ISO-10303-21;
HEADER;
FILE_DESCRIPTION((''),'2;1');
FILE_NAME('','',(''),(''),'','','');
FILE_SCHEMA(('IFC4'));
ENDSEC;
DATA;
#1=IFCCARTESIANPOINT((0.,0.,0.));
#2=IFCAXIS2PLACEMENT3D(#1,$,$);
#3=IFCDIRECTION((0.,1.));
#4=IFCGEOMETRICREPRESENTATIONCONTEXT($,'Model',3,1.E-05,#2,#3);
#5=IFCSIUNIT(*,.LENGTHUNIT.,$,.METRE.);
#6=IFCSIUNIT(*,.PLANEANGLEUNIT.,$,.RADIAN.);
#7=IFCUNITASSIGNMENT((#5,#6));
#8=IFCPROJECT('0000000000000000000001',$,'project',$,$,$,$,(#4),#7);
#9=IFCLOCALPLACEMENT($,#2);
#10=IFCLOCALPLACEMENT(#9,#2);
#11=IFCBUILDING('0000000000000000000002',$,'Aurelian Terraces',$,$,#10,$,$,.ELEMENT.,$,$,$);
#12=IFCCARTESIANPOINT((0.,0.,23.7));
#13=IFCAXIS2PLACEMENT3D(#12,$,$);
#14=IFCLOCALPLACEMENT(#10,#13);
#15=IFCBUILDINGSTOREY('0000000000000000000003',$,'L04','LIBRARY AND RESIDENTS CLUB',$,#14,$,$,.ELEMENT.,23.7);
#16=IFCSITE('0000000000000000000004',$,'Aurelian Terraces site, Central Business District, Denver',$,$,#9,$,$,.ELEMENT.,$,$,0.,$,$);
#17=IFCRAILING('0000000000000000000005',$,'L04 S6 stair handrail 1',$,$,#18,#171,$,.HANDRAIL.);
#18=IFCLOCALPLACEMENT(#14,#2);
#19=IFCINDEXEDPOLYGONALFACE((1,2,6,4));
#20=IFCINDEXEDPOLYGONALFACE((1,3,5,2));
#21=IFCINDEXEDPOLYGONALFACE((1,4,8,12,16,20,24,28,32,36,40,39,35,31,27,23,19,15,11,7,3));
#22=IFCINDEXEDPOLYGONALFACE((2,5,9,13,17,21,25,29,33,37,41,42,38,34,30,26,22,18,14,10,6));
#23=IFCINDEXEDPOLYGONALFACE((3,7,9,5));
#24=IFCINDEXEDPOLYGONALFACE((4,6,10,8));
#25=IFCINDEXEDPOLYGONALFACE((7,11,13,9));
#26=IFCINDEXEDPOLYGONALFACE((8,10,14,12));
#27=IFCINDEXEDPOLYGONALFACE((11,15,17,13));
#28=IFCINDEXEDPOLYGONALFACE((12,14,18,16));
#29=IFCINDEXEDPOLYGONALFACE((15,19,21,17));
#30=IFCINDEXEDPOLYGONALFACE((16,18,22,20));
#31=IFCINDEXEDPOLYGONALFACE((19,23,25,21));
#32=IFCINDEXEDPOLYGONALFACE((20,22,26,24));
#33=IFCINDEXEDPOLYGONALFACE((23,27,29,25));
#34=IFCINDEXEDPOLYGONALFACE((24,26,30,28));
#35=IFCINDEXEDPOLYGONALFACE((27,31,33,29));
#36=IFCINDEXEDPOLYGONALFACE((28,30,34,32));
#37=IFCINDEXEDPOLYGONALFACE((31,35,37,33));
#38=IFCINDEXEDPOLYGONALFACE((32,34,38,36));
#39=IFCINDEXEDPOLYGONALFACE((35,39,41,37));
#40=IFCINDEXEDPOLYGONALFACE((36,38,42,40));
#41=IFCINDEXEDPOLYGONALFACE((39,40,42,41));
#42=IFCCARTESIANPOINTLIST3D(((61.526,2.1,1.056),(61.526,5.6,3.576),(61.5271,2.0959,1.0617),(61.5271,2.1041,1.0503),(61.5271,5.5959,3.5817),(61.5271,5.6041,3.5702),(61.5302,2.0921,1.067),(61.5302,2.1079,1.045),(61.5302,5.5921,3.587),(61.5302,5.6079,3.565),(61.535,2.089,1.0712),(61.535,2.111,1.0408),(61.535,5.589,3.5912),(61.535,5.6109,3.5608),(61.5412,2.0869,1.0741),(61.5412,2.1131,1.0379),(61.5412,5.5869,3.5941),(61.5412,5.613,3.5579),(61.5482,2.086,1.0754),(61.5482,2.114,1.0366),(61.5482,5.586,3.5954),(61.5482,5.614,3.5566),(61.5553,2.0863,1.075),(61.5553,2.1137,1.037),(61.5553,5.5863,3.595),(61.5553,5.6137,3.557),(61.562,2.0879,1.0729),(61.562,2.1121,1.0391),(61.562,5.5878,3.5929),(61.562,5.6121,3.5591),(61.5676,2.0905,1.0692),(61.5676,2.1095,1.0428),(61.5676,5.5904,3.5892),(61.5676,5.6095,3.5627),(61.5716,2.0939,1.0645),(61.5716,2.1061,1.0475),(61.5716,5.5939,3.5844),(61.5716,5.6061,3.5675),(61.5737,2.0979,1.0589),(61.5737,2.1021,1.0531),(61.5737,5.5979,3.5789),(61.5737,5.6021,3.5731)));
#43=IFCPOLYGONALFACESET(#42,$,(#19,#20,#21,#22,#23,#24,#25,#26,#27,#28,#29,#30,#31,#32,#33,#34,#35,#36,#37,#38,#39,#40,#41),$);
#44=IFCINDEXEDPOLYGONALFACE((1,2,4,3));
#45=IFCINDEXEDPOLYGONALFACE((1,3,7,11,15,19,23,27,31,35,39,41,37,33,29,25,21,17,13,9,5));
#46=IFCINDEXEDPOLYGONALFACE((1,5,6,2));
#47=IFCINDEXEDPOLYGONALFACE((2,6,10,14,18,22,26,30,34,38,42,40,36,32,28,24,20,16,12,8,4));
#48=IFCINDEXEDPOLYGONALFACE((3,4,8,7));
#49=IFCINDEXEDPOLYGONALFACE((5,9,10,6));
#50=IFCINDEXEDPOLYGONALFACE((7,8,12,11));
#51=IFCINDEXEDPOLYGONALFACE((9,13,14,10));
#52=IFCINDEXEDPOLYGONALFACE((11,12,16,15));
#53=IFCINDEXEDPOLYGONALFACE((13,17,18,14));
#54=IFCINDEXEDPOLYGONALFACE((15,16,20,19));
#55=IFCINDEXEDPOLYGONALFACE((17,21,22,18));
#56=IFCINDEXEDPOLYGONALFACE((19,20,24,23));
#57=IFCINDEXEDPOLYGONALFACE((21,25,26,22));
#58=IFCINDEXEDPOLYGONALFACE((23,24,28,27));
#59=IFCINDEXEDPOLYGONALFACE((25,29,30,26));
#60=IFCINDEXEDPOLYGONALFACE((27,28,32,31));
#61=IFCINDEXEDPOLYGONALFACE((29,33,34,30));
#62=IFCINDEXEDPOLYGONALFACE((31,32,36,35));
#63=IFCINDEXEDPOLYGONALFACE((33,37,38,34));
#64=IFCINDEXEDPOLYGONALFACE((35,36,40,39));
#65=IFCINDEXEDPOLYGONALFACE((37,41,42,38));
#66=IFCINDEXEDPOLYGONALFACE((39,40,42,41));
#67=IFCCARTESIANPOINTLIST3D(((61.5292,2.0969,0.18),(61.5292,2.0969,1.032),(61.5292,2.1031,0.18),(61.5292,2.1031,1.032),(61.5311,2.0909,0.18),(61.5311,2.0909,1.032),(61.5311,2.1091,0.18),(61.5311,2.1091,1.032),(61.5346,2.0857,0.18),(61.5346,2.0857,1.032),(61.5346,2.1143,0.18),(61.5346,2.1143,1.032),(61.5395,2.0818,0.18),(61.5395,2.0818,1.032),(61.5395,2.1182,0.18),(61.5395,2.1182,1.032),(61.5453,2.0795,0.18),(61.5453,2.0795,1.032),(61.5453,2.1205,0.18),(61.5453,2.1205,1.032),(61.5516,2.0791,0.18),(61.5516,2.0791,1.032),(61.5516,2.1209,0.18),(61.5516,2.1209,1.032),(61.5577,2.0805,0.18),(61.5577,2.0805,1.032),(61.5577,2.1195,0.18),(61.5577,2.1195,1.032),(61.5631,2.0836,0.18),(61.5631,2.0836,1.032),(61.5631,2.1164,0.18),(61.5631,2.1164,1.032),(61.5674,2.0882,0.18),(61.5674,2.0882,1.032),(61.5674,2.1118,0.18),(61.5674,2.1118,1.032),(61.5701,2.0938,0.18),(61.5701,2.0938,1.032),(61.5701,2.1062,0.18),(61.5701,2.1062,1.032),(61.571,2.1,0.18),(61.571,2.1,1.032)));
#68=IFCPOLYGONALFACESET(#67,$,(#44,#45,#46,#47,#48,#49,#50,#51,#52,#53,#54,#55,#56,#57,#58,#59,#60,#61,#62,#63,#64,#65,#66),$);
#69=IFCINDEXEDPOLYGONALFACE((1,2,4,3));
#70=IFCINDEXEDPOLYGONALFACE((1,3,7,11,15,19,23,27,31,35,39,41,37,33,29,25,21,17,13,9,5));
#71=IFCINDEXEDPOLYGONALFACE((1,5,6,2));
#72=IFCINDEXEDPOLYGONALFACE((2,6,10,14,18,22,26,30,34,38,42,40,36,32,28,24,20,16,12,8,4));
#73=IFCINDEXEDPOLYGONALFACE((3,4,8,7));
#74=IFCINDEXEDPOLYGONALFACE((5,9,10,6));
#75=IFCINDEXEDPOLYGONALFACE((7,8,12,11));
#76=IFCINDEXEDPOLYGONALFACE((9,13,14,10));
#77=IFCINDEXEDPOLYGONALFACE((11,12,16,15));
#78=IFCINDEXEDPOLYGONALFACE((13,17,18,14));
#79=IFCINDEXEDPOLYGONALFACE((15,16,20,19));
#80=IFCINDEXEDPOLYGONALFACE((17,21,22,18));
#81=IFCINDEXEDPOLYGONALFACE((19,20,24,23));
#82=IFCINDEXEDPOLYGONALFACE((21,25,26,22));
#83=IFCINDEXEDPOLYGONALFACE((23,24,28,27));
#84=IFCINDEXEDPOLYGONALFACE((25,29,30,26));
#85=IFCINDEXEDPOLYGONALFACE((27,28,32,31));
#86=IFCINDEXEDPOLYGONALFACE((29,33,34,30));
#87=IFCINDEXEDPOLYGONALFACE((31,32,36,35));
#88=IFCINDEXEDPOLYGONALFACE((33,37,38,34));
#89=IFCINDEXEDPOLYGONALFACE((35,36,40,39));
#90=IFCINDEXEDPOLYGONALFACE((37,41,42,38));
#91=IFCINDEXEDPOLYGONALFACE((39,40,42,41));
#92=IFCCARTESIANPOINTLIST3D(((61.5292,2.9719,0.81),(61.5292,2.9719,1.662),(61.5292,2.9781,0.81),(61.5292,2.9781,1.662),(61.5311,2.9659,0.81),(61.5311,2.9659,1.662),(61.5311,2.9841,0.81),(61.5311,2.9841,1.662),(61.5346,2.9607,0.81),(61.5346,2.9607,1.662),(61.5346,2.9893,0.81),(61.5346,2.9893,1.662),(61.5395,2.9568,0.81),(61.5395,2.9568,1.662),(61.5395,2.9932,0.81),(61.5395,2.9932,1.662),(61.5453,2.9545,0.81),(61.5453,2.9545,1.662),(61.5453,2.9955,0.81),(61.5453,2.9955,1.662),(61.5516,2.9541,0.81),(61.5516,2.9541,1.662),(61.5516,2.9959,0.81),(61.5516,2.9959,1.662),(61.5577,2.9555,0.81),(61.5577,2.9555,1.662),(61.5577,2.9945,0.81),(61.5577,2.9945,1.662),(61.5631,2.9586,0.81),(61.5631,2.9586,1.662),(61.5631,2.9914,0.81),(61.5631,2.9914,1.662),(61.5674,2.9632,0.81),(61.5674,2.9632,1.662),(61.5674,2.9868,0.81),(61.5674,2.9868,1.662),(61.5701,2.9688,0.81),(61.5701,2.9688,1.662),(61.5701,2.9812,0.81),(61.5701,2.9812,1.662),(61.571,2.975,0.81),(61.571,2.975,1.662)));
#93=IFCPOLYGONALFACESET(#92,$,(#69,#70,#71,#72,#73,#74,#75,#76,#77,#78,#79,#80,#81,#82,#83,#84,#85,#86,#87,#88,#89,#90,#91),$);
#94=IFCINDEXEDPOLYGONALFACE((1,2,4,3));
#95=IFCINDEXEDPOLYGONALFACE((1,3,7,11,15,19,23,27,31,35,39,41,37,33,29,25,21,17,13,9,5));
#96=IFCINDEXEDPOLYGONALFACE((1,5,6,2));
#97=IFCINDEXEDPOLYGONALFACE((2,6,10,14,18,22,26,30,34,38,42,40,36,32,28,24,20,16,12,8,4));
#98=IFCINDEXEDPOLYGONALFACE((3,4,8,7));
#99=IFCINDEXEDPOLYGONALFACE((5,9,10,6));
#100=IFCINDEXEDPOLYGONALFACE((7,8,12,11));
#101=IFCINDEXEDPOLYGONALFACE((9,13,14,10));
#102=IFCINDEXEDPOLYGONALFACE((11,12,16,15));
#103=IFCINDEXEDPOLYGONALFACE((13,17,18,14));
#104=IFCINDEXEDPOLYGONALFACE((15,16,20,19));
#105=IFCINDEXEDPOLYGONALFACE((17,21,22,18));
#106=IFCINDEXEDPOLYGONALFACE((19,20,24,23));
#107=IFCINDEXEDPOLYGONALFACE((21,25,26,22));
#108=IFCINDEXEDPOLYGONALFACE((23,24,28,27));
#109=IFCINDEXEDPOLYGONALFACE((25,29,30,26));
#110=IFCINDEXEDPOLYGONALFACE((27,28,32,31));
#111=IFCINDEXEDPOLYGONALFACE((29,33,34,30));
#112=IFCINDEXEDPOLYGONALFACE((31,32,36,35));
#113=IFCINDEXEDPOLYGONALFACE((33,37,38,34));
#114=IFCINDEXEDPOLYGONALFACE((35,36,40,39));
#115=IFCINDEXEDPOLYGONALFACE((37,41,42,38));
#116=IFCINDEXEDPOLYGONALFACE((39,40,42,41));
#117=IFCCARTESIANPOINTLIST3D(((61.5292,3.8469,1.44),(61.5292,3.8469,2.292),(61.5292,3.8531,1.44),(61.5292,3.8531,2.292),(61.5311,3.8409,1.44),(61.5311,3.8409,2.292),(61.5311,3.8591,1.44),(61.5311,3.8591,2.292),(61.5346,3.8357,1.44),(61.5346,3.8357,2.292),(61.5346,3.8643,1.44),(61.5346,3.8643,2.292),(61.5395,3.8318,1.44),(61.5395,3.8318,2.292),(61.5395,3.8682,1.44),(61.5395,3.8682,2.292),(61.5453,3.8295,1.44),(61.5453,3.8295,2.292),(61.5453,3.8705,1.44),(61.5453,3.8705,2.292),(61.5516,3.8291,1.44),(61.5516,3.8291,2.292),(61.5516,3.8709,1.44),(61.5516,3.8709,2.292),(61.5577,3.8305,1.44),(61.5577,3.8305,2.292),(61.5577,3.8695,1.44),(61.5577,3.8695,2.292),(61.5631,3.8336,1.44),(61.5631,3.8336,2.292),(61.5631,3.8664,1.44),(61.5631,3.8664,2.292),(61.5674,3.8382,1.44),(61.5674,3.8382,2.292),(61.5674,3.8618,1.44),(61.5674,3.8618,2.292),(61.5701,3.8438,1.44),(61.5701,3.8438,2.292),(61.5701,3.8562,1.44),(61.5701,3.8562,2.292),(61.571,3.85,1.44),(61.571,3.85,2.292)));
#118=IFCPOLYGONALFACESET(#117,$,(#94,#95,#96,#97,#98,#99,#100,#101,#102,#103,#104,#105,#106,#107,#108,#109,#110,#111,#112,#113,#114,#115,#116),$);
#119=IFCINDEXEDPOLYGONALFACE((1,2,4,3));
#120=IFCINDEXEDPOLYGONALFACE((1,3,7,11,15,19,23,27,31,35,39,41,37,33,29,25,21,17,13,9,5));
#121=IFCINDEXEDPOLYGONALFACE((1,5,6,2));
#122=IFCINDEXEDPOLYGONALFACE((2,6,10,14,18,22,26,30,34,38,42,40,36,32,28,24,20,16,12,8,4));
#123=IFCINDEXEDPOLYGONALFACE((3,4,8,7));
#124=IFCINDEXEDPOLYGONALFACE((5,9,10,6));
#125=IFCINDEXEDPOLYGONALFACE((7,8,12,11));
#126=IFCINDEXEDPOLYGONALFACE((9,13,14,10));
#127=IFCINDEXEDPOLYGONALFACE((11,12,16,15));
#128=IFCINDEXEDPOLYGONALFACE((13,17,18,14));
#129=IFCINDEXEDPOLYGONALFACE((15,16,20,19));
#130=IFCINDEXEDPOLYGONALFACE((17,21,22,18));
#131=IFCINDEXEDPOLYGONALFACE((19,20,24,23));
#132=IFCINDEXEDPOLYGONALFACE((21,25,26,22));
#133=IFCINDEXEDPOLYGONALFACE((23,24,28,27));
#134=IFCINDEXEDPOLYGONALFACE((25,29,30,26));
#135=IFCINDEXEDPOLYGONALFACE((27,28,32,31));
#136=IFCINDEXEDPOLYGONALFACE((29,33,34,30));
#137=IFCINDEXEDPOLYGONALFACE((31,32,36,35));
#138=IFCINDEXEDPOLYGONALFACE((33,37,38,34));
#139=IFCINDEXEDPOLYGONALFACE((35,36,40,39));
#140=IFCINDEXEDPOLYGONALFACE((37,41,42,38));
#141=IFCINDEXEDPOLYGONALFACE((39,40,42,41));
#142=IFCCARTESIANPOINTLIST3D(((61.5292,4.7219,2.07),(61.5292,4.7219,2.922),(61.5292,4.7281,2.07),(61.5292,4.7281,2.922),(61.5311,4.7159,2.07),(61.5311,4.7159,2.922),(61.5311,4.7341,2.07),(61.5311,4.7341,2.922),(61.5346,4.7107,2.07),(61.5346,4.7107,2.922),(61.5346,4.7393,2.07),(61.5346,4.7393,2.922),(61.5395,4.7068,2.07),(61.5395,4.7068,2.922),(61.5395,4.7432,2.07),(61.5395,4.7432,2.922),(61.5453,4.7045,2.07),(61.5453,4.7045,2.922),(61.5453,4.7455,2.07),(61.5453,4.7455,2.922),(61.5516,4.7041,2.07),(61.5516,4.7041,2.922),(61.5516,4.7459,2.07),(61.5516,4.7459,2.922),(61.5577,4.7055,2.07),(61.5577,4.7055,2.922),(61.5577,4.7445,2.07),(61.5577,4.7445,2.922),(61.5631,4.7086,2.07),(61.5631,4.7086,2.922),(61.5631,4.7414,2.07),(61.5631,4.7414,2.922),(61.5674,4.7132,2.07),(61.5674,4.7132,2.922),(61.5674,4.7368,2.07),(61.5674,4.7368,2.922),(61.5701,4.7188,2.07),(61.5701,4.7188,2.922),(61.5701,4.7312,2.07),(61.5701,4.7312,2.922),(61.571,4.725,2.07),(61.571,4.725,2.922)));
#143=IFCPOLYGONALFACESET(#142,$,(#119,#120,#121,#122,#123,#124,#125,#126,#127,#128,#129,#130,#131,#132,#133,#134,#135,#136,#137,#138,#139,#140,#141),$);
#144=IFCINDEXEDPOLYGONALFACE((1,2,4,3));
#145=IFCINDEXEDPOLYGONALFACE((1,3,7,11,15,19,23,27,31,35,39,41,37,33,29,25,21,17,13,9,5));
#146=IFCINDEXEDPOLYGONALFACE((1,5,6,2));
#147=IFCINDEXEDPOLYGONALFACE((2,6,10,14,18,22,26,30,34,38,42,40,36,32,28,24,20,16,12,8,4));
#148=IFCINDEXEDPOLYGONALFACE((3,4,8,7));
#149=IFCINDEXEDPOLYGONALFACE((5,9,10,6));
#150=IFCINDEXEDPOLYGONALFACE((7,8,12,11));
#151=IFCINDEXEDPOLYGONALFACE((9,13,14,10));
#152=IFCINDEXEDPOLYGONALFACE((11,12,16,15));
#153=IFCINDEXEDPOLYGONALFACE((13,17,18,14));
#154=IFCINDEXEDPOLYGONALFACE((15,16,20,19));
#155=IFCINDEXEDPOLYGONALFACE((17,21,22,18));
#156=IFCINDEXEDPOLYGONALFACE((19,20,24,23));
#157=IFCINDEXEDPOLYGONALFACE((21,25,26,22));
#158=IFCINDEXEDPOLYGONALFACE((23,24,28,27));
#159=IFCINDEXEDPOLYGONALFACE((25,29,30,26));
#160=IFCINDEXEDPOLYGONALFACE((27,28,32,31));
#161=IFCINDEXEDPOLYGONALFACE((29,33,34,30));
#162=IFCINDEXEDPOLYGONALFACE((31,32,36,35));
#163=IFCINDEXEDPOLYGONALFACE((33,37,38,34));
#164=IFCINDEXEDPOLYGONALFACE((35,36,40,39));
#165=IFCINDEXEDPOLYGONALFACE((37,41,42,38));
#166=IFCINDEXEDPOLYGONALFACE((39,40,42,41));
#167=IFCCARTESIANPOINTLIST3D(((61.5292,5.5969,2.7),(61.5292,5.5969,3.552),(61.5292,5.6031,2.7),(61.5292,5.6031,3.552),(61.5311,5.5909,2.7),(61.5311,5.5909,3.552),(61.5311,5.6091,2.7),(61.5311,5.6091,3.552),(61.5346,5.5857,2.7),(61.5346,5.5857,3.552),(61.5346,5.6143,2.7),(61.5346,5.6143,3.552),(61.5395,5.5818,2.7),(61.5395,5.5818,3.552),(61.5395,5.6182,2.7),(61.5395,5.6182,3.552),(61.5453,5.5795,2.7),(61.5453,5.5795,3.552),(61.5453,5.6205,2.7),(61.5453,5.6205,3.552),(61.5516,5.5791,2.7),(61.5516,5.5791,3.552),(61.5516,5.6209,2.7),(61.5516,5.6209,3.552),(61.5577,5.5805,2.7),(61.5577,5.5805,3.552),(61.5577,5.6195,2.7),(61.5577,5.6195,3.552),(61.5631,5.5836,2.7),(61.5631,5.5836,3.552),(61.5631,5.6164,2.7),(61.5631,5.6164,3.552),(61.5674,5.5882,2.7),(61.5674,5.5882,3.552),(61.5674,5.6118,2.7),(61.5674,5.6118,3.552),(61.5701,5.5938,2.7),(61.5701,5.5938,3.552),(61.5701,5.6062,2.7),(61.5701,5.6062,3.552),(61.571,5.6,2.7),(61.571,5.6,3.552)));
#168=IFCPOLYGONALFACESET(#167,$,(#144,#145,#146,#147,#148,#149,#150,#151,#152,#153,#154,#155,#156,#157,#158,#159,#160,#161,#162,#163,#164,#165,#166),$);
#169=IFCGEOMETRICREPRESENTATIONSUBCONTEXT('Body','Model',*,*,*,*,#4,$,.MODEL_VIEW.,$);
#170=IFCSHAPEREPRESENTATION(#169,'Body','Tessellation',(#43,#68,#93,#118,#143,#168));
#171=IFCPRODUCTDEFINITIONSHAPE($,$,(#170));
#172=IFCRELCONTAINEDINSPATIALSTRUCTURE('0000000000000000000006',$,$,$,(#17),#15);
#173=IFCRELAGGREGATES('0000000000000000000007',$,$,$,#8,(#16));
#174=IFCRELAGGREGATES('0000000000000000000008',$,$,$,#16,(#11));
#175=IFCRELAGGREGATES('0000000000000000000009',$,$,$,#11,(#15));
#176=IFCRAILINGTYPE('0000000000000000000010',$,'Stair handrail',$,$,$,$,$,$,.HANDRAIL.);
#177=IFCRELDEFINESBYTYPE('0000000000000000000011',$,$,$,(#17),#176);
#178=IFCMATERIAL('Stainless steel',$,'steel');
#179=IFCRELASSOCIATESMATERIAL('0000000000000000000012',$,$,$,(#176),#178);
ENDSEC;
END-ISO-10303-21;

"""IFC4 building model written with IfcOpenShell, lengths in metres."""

from ifc_helpers import new_model, si_unit, direction, frame, origin, origin_2d, place, context, subcontext, project, spatial, circle, extrude, source, transform, mapped, material, type_object, element, save


model = new_model("IFC4")

# Units and contexts
model_context = context("Model", 3, precision=1e-05, world=origin(), true_north=direction((0.0, 1.0)))
body_context = subcontext(model_context, "Body", "Model", "MODEL_VIEW")
ifc_project = project(units=[si_unit("LENGTHUNIT", "METRE"), si_unit("PLANEANGLEUNIT", "RADIAN")], contexts=[model_context])

# Site, building, storey
site_placement = place(None, origin())
site = spatial("IfcSite", under=ifc_project, at=site_placement, Name="Aurelian Terraces site, Central Business District, Denver", CompositionType="ELEMENT", RefElevation=0.0)
building_placement = place(site_placement, origin())
building = spatial("IfcBuilding", under=site, at=building_placement, Name="Aurelian Terraces", CompositionType="ELEMENT")
storey_placement = place(building_placement, frame((0.0, 0.0, 23.7)))
storey = spatial("IfcBuildingStorey", under=building, at=storey_placement, Name="L04", Description="LIBRARY AND RESIDENTS CLUB", CompositionType="ELEMENT", Elevation=23.7)

# Railing
ifc_material_1 = material(Name="Stainless steel", Category="steel")
railing_type_1 = type_object("IfcRailingType", Name="Stair handrail", PredefinedType="HANDRAIL", material=ifc_material_1)
shared_shape_1 = source(origin(), body_context, "Body", "SweptSolid", [
    extrude(circle(Radius=0.024, at=origin_2d()), frame((0.0, 0.0, 0.876), z_axis=(0.0, 0.811534, 0.584305), x_axis=(-1.0, 0.0, 0.0)), (0.0, 0.0, 1.0), 4.3128),
    extrude(circle(Radius=0.021, at=origin_2d()), origin(), (0.0, 0.0, 1.0), 0.852),
    extrude(circle(Radius=0.021, at=origin_2d()), frame((0.0, 0.875, 0.63)), (0.0, 0.0, 1.0), 0.852),
    extrude(circle(Radius=0.021, at=origin_2d()), frame((0.0, 1.75, 1.26)), (0.0, 0.0, 1.0), 0.852),
    extrude(circle(Radius=0.021, at=origin_2d()), frame((0.0, 2.625, 1.89)), (0.0, 0.0, 1.0), 0.852),
    extrude(circle(Radius=0.021, at=origin_2d()), frame((0.0, 3.5, 2.52)), (0.0, 0.0, 1.0), 0.852),
])
railing_1_placement = place(storey_placement, frame((61.55, 2.1, 0.18)))
element("IfcRailing", 1, at=railing_1_placement, inside=storey, type_object=railing_type_1, Name="L04 S6 stair handrail 1", PredefinedType="HANDRAIL", context=body_context, shape_type="MappedRepresentation", body=[
    mapped(shared_shape_1, transform((0.0, 0.0, 0.0), scale=1.0)),
])

save(model, "model.ifc")
